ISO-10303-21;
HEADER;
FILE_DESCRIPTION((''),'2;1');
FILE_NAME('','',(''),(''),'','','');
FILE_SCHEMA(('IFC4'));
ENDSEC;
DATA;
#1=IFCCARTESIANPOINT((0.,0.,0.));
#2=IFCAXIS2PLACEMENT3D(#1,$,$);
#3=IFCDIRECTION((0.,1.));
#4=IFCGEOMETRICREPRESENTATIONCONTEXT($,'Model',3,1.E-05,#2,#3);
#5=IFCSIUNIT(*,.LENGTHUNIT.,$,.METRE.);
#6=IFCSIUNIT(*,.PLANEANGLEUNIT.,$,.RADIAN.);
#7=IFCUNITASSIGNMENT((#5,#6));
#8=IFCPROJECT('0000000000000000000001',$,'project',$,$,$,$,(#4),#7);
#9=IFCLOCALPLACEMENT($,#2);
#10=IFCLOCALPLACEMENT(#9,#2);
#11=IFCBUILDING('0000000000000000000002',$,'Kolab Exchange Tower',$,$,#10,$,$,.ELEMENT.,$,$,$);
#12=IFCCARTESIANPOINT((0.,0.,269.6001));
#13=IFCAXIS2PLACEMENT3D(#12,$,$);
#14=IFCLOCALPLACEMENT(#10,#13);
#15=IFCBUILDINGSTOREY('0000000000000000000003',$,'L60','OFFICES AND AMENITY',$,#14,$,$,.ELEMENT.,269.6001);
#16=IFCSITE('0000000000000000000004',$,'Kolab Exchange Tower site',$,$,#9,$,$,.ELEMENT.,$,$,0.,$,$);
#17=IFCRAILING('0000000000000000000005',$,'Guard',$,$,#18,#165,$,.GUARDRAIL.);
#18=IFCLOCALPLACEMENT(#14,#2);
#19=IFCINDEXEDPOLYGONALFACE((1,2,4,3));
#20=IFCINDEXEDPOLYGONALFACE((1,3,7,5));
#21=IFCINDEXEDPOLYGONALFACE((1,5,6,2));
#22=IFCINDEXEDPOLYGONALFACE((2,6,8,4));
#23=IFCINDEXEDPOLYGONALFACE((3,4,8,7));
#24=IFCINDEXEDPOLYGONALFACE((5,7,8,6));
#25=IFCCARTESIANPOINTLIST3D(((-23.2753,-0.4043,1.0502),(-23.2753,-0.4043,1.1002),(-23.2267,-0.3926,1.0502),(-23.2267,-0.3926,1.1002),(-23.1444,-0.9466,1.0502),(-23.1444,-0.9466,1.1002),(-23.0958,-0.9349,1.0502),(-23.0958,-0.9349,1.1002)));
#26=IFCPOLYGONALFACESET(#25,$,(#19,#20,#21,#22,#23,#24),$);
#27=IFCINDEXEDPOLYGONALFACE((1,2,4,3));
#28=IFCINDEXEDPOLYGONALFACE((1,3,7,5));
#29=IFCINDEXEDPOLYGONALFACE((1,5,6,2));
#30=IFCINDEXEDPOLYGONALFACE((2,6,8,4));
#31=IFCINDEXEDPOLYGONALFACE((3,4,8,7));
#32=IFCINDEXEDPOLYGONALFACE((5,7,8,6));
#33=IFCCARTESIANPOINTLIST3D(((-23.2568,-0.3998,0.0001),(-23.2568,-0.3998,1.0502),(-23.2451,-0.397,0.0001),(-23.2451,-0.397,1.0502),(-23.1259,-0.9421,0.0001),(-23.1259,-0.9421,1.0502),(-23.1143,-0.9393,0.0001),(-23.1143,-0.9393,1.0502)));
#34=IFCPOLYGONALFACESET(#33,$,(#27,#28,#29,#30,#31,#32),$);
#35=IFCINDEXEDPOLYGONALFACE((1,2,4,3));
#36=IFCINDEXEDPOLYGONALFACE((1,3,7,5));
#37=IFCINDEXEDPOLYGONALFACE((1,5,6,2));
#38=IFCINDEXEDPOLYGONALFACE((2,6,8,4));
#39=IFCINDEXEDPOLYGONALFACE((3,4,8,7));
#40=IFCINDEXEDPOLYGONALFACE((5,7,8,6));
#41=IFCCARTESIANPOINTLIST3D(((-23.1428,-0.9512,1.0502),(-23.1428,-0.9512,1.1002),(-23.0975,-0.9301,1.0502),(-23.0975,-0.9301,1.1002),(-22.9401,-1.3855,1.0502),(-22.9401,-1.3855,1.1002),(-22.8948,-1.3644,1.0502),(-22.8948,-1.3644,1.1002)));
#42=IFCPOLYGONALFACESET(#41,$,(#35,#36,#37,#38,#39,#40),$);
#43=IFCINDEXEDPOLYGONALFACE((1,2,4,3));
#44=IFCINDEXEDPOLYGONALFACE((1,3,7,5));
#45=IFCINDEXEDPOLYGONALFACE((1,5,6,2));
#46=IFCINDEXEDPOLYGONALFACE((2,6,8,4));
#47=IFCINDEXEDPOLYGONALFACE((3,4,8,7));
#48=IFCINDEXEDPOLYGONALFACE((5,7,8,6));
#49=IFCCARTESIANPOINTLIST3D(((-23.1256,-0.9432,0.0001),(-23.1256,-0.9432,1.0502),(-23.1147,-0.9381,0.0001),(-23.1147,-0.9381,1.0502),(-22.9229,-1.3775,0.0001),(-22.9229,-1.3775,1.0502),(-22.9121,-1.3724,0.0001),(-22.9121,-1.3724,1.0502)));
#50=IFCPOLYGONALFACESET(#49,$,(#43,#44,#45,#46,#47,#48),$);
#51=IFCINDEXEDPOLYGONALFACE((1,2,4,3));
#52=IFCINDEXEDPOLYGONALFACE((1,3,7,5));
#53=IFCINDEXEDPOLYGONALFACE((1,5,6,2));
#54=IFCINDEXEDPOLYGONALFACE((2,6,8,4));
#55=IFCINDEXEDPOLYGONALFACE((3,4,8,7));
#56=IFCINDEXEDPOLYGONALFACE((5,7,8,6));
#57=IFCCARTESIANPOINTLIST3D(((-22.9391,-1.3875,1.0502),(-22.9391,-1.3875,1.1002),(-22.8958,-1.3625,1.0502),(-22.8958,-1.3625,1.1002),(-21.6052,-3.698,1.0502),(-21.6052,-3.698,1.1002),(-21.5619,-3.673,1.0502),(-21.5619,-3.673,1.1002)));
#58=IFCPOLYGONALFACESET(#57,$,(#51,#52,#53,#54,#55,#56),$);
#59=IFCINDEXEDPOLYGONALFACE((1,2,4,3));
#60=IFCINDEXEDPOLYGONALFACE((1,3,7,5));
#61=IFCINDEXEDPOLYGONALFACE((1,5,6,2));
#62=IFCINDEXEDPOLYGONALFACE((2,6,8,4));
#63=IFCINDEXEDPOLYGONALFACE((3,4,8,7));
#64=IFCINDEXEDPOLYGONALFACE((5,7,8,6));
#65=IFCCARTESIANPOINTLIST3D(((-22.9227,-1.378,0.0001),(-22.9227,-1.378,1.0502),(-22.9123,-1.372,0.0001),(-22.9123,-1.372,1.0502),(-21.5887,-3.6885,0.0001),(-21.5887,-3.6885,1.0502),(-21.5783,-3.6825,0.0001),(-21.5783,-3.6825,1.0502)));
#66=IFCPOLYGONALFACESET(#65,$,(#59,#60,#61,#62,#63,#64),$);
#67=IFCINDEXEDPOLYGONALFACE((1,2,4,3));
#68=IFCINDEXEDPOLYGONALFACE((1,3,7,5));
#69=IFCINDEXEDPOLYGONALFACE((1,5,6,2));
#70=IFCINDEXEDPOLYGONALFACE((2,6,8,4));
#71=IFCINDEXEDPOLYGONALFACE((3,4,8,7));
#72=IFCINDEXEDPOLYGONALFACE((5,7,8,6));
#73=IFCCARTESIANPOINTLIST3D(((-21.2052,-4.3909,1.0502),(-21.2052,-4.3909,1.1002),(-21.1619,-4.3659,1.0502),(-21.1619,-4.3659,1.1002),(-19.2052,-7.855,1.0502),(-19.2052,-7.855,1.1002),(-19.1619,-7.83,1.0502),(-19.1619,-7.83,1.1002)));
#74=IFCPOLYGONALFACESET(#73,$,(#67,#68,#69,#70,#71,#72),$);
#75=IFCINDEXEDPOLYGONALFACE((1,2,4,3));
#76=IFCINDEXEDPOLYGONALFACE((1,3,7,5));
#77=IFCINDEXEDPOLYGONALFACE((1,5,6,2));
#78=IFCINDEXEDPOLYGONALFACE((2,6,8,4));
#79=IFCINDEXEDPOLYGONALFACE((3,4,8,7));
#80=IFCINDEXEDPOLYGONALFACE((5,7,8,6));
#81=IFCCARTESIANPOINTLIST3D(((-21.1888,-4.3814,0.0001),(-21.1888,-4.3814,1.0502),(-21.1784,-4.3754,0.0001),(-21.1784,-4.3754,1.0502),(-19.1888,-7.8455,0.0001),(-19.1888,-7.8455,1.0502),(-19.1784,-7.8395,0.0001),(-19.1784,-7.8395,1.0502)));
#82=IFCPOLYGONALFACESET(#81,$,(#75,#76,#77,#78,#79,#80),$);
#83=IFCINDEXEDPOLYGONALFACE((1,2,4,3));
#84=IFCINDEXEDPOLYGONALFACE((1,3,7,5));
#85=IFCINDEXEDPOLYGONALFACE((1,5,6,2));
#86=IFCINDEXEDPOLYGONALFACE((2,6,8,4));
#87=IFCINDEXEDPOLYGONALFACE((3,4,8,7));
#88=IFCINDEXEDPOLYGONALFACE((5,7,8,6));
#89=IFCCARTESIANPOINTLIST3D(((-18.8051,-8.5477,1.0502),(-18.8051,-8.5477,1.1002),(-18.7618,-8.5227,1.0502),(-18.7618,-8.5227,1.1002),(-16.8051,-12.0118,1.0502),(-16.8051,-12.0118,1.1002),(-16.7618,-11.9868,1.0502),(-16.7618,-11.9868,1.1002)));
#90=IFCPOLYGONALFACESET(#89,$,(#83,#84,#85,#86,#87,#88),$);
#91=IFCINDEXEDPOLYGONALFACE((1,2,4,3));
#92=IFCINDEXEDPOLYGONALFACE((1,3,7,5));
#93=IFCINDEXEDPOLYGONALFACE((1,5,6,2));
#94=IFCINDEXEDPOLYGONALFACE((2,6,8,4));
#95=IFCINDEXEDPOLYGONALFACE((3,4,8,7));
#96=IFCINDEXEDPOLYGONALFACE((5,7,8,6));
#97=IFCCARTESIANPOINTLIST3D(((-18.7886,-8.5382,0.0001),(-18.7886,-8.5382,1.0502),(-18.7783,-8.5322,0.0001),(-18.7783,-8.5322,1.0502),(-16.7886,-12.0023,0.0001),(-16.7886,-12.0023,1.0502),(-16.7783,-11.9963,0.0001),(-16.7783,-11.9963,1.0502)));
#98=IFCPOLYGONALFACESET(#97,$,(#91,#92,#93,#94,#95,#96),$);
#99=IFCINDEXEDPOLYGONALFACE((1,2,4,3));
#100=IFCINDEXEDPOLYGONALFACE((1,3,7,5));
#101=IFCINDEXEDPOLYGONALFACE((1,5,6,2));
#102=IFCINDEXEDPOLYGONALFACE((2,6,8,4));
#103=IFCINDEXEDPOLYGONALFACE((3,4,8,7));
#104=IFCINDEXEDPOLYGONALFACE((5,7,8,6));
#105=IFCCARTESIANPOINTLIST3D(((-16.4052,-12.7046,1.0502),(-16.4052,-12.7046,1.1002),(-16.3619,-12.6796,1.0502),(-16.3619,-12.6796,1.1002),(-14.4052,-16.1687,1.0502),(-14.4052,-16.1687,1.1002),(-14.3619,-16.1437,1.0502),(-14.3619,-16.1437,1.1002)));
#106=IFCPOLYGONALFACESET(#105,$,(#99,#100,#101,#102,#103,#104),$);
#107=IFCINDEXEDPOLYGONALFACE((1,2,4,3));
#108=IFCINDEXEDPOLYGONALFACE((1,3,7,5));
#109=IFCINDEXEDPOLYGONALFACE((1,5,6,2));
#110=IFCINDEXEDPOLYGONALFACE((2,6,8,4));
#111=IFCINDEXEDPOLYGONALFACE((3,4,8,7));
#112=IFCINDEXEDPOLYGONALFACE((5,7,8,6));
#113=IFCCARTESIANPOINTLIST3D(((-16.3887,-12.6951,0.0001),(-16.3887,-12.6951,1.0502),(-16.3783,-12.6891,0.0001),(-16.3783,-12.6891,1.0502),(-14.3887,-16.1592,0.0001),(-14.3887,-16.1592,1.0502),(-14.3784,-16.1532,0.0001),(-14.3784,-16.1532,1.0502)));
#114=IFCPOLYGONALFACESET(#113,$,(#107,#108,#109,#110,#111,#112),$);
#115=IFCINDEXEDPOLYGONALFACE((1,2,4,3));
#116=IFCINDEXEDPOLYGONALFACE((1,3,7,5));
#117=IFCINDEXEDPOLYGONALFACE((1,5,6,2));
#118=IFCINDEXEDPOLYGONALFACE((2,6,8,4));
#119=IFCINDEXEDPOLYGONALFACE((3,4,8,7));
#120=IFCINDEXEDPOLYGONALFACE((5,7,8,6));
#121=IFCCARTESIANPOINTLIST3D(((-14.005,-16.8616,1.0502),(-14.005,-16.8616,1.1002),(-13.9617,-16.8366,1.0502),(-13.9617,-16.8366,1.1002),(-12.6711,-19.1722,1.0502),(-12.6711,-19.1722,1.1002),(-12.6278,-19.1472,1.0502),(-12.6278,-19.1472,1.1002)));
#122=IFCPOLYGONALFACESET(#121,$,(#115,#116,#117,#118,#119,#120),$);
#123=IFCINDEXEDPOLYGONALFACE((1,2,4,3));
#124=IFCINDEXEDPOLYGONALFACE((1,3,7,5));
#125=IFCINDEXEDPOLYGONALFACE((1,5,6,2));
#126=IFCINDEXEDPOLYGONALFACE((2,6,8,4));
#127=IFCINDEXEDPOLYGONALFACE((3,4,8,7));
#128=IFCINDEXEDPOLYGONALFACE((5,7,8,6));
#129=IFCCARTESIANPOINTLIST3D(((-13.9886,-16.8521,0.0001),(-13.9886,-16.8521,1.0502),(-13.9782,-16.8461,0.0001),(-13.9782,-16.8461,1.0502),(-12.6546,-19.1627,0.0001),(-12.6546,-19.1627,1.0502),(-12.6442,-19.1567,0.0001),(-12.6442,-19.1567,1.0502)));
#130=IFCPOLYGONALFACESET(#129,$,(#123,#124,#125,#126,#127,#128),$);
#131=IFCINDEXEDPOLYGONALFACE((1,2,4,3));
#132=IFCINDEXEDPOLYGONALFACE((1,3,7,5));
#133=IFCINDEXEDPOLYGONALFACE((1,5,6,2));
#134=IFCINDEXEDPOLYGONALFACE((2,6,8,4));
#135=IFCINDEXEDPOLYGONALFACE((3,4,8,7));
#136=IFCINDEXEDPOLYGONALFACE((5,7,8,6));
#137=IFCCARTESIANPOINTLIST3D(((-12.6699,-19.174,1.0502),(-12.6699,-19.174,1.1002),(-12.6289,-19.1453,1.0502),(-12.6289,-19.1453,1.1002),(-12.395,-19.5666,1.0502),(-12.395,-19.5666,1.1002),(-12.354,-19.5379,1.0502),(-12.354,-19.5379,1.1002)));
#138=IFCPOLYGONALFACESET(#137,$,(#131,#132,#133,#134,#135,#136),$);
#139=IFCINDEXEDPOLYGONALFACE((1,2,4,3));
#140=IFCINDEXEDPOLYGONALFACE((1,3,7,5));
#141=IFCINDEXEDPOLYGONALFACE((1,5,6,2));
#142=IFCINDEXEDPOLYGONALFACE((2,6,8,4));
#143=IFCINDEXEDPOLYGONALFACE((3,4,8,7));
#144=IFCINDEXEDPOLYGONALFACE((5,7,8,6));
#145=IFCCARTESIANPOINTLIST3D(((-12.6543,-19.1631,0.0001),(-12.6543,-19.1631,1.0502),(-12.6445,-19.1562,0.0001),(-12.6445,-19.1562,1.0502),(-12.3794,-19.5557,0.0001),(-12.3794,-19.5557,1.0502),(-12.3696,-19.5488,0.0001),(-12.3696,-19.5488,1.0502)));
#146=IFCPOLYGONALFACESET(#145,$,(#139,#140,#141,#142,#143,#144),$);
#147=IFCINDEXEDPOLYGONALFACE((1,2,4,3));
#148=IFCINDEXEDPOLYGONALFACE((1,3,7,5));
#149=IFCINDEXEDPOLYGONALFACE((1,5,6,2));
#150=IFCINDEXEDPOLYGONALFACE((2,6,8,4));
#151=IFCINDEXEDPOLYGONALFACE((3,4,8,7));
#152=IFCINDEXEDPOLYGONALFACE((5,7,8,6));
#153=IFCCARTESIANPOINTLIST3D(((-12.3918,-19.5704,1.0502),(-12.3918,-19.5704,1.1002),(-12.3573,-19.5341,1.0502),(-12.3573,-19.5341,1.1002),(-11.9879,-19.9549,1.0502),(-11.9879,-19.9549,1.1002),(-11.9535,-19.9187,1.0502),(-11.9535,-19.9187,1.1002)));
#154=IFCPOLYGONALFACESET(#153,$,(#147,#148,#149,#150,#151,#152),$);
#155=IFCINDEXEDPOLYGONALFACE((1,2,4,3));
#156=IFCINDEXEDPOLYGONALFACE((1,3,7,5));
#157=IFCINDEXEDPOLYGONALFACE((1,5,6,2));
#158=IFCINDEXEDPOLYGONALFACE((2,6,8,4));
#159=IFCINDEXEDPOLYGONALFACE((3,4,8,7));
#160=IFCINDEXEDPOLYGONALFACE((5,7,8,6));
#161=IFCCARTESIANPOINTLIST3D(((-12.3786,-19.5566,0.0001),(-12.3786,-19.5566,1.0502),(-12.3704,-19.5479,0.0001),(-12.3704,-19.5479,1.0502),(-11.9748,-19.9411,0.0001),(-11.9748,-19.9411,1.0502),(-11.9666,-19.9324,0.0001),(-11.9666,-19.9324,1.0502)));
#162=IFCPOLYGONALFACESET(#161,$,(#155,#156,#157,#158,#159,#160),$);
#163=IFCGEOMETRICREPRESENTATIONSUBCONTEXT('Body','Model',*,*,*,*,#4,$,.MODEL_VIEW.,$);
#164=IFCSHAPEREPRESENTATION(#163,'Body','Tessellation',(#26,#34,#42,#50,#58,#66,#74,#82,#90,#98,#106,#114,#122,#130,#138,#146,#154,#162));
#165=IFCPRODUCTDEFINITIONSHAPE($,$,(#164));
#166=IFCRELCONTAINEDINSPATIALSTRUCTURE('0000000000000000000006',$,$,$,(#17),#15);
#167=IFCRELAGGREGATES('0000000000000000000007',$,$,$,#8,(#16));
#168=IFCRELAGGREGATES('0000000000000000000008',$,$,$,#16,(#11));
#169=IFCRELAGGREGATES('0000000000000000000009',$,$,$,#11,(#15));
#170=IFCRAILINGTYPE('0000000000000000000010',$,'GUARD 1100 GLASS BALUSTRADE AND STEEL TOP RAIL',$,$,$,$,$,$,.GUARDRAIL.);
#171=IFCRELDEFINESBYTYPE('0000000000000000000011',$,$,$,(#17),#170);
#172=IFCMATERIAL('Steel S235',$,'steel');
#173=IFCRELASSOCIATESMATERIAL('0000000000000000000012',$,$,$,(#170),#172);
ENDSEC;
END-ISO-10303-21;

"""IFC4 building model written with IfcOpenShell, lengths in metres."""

from ifc_helpers import new_model, si_unit, direction, frame, frame_2d, origin, origin_2d, place, context, subcontext, project, spatial, rectangle, extrude, material, type_object, element, save


model = new_model("IFC4")

# Units and contexts
model_context = context("Model", 3, precision=1e-05, world=origin(), true_north=direction((0.0, 1.0)))
body_context = subcontext(model_context, "Body", "Model", "MODEL_VIEW")
ifc_project = project(units=[si_unit("LENGTHUNIT", "METRE"), si_unit("PLANEANGLEUNIT", "RADIAN")], contexts=[model_context])

# Site, building, storey
site_placement = place(None, origin())
site = spatial("IfcSite", under=ifc_project, at=site_placement, Name="Kolab Exchange Tower site", CompositionType="ELEMENT", RefElevation=0.0)
building_placement = place(site_placement, origin())
building = spatial("IfcBuilding", under=site, at=building_placement, Name="Kolab Exchange Tower", CompositionType="ELEMENT")
storey_placement = place(building_placement, frame((0.0, 0.0, 269.6001)))
storey = spatial("IfcBuildingStorey", under=building, at=storey_placement, Name="L60", Description="OFFICES AND AMENITY", CompositionType="ELEMENT", Elevation=269.6001)

# Railing
ifc_material_1 = material(Name="Steel S235", Category="steel")
railing_type = type_object("IfcRailingType", Name="GUARD 1100 GLASS BALUSTRADE AND STEEL TOP RAIL", PredefinedType="GUARDRAIL", material=ifc_material_1)
railing_placement = place(storey_placement, frame((-23.251, -0.3984, 0.0)))
element("IfcRailing", 1, at=railing_placement, inside=storey, type_object=railing_type, Name="Guard", PredefinedType="GUARDRAIL", context=body_context, shape_type="SweptSolid", body=[
    extrude(rectangle(XDim=0.05, YDim=0.05, at=origin_2d()), frame((0.0, 0.0, 1.0752), z_axis=(0.234598, -0.972093, 0.0), x_axis=(0.972093, 0.234598, 0.0)), (0.0, 0.0, 1.0), 0.5579),
    extrude(rectangle(XDim=0.012, YDim=1.0501, at=frame_2d((0.0, 0.5251))), frame((0.0, 0.0, 0.0), z_axis=(0.234598, -0.972093, 0.0), x_axis=(0.972093, 0.234598, 0.0)), (0.0, 0.0, 1.0), 0.5579),
    extrude(rectangle(XDim=0.05, YDim=0.05, at=origin_2d()), frame((0.1309, -0.5422, 1.0752), z_axis=(0.422802, -0.906222, 0.0), x_axis=(0.906222, 0.422802, 0.0)), (0.0, 0.0, 1.0), 0.4792),
    extrude(rectangle(XDim=0.012, YDim=1.0501, at=frame_2d((0.0, 0.5251))), frame((0.1309, -0.5422, 0.0), z_axis=(0.422802, -0.906222, 0.0), x_axis=(0.906222, 0.422802, 0.0)), (0.0, 0.0, 1.0), 0.4792),
    extrude(rectangle(XDim=0.05, YDim=0.05, at=origin_2d()), frame((0.3335, -0.9766, 1.0752), z_axis=(0.499997, -0.866027, 0.0), x_axis=(0.866027, 0.499997, 0.0)), (0.0, 0.0, 1.0), 2.668),
    extrude(rectangle(XDim=0.012, YDim=1.0501, at=frame_2d((0.0, 0.5251))), frame((0.3335, -0.9766, 0.0), z_axis=(0.499997, -0.866027, 0.0), x_axis=(0.866027, 0.499997, 0.0)), (0.0, 0.0, 1.0), 2.668),
    extrude(rectangle(XDim=0.05, YDim=0.05, at=origin_2d()), frame((2.0674, -3.98, 1.0752), z_axis=(0.499999, -0.866026, 0.0), x_axis=(0.866026, 0.499999, 0.0)), (0.0, 0.0, 1.0), 4.0),
    extrude(rectangle(XDim=0.012, YDim=1.0501, at=frame_2d((0.0, 0.5251))), frame((2.0674, -3.98, 0.0), z_axis=(0.499999, -0.866026, 0.0), x_axis=(0.866026, 0.499999, 0.0)), (0.0, 0.0, 1.0), 4.0),
    extrude(rectangle(XDim=0.05, YDim=0.05, at=origin_2d()), frame((4.4675, -8.1367, 1.0752), z_axis=(0.499999, -0.866026, 0.0), x_axis=(0.866026, 0.499999, 0.0)), (0.0, 0.0, 1.0), 4.0),
    extrude(rectangle(XDim=0.012, YDim=1.0501, at=frame_2d((0.0, 0.5251))), frame((4.4675, -8.1367, 0.0), z_axis=(0.499999, -0.866026, 0.0), x_axis=(0.866026, 0.499999, 0.0)), (0.0, 0.0, 1.0), 4.0),
    extrude(rectangle(XDim=0.05, YDim=0.05, at=origin_2d()), frame((6.8674, -12.2937, 1.0752), z_axis=(0.499999, -0.866026, 0.0), x_axis=(0.866026, 0.499999, 0.0)), (0.0, 0.0, 1.0), 4.0),
    extrude(rectangle(XDim=0.012, YDim=1.0501, at=frame_2d((0.0, 0.5251))), frame((6.8674, -12.2937, 0.0), z_axis=(0.499999, -0.866026, 0.0), x_axis=(0.866026, 0.499999, 0.0)), (0.0, 0.0, 1.0), 4.0),
    extrude(rectangle(XDim=0.05, YDim=0.05, at=origin_2d()), frame((9.2676, -16.4507, 1.0752), z_axis=(0.499997, -0.866027, 0.0), x_axis=(0.866027, 0.499997, 0.0)), (0.0, 0.0, 1.0), 2.668),
    extrude(rectangle(XDim=0.012, YDim=1.0501, at=frame_2d((0.0, 0.5251))), frame((9.2676, -16.4507, 0.0), z_axis=(0.499997, -0.866027, 0.0), x_axis=(0.866027, 0.499997, 0.0)), (0.0, 0.0, 1.0), 2.668),
    extrude(rectangle(XDim=0.05, YDim=0.05, at=origin_2d()), frame((10.6016, -18.7612, 1.0752), z_axis=(0.573599, -0.819136, 0.0), x_axis=(0.819136, 0.573599, 0.0)), (0.0, 0.0, 1.0), 0.4792),
    extrude(rectangle(XDim=0.012, YDim=1.0501, at=frame_2d((0.0, 0.5251))), frame((10.6016, -18.7612, 0.0), z_axis=(0.573599, -0.819136, 0.0), x_axis=(0.819136, 0.573599, 0.0)), (0.0, 0.0, 1.0), 0.4792),
    extrude(rectangle(XDim=0.05, YDim=0.05, at=origin_2d()), frame((10.8765, -19.1538, 1.0752), z_axis=(0.72419, -0.689601, 0.0), x_axis=(0.689601, 0.72419, 0.0)), (0.0, 0.0, 1.0), 0.5576),
    extrude(rectangle(XDim=0.012, YDim=1.0501, at=frame_2d((0.0, 0.5251))), frame((10.8765, -19.1538, 0.0), z_axis=(0.72419, -0.689601, 0.0), x_axis=(0.689601, 0.72419, 0.0)), (0.0, 0.0, 1.0), 0.5576),
])

save(model, "model.ifc")
